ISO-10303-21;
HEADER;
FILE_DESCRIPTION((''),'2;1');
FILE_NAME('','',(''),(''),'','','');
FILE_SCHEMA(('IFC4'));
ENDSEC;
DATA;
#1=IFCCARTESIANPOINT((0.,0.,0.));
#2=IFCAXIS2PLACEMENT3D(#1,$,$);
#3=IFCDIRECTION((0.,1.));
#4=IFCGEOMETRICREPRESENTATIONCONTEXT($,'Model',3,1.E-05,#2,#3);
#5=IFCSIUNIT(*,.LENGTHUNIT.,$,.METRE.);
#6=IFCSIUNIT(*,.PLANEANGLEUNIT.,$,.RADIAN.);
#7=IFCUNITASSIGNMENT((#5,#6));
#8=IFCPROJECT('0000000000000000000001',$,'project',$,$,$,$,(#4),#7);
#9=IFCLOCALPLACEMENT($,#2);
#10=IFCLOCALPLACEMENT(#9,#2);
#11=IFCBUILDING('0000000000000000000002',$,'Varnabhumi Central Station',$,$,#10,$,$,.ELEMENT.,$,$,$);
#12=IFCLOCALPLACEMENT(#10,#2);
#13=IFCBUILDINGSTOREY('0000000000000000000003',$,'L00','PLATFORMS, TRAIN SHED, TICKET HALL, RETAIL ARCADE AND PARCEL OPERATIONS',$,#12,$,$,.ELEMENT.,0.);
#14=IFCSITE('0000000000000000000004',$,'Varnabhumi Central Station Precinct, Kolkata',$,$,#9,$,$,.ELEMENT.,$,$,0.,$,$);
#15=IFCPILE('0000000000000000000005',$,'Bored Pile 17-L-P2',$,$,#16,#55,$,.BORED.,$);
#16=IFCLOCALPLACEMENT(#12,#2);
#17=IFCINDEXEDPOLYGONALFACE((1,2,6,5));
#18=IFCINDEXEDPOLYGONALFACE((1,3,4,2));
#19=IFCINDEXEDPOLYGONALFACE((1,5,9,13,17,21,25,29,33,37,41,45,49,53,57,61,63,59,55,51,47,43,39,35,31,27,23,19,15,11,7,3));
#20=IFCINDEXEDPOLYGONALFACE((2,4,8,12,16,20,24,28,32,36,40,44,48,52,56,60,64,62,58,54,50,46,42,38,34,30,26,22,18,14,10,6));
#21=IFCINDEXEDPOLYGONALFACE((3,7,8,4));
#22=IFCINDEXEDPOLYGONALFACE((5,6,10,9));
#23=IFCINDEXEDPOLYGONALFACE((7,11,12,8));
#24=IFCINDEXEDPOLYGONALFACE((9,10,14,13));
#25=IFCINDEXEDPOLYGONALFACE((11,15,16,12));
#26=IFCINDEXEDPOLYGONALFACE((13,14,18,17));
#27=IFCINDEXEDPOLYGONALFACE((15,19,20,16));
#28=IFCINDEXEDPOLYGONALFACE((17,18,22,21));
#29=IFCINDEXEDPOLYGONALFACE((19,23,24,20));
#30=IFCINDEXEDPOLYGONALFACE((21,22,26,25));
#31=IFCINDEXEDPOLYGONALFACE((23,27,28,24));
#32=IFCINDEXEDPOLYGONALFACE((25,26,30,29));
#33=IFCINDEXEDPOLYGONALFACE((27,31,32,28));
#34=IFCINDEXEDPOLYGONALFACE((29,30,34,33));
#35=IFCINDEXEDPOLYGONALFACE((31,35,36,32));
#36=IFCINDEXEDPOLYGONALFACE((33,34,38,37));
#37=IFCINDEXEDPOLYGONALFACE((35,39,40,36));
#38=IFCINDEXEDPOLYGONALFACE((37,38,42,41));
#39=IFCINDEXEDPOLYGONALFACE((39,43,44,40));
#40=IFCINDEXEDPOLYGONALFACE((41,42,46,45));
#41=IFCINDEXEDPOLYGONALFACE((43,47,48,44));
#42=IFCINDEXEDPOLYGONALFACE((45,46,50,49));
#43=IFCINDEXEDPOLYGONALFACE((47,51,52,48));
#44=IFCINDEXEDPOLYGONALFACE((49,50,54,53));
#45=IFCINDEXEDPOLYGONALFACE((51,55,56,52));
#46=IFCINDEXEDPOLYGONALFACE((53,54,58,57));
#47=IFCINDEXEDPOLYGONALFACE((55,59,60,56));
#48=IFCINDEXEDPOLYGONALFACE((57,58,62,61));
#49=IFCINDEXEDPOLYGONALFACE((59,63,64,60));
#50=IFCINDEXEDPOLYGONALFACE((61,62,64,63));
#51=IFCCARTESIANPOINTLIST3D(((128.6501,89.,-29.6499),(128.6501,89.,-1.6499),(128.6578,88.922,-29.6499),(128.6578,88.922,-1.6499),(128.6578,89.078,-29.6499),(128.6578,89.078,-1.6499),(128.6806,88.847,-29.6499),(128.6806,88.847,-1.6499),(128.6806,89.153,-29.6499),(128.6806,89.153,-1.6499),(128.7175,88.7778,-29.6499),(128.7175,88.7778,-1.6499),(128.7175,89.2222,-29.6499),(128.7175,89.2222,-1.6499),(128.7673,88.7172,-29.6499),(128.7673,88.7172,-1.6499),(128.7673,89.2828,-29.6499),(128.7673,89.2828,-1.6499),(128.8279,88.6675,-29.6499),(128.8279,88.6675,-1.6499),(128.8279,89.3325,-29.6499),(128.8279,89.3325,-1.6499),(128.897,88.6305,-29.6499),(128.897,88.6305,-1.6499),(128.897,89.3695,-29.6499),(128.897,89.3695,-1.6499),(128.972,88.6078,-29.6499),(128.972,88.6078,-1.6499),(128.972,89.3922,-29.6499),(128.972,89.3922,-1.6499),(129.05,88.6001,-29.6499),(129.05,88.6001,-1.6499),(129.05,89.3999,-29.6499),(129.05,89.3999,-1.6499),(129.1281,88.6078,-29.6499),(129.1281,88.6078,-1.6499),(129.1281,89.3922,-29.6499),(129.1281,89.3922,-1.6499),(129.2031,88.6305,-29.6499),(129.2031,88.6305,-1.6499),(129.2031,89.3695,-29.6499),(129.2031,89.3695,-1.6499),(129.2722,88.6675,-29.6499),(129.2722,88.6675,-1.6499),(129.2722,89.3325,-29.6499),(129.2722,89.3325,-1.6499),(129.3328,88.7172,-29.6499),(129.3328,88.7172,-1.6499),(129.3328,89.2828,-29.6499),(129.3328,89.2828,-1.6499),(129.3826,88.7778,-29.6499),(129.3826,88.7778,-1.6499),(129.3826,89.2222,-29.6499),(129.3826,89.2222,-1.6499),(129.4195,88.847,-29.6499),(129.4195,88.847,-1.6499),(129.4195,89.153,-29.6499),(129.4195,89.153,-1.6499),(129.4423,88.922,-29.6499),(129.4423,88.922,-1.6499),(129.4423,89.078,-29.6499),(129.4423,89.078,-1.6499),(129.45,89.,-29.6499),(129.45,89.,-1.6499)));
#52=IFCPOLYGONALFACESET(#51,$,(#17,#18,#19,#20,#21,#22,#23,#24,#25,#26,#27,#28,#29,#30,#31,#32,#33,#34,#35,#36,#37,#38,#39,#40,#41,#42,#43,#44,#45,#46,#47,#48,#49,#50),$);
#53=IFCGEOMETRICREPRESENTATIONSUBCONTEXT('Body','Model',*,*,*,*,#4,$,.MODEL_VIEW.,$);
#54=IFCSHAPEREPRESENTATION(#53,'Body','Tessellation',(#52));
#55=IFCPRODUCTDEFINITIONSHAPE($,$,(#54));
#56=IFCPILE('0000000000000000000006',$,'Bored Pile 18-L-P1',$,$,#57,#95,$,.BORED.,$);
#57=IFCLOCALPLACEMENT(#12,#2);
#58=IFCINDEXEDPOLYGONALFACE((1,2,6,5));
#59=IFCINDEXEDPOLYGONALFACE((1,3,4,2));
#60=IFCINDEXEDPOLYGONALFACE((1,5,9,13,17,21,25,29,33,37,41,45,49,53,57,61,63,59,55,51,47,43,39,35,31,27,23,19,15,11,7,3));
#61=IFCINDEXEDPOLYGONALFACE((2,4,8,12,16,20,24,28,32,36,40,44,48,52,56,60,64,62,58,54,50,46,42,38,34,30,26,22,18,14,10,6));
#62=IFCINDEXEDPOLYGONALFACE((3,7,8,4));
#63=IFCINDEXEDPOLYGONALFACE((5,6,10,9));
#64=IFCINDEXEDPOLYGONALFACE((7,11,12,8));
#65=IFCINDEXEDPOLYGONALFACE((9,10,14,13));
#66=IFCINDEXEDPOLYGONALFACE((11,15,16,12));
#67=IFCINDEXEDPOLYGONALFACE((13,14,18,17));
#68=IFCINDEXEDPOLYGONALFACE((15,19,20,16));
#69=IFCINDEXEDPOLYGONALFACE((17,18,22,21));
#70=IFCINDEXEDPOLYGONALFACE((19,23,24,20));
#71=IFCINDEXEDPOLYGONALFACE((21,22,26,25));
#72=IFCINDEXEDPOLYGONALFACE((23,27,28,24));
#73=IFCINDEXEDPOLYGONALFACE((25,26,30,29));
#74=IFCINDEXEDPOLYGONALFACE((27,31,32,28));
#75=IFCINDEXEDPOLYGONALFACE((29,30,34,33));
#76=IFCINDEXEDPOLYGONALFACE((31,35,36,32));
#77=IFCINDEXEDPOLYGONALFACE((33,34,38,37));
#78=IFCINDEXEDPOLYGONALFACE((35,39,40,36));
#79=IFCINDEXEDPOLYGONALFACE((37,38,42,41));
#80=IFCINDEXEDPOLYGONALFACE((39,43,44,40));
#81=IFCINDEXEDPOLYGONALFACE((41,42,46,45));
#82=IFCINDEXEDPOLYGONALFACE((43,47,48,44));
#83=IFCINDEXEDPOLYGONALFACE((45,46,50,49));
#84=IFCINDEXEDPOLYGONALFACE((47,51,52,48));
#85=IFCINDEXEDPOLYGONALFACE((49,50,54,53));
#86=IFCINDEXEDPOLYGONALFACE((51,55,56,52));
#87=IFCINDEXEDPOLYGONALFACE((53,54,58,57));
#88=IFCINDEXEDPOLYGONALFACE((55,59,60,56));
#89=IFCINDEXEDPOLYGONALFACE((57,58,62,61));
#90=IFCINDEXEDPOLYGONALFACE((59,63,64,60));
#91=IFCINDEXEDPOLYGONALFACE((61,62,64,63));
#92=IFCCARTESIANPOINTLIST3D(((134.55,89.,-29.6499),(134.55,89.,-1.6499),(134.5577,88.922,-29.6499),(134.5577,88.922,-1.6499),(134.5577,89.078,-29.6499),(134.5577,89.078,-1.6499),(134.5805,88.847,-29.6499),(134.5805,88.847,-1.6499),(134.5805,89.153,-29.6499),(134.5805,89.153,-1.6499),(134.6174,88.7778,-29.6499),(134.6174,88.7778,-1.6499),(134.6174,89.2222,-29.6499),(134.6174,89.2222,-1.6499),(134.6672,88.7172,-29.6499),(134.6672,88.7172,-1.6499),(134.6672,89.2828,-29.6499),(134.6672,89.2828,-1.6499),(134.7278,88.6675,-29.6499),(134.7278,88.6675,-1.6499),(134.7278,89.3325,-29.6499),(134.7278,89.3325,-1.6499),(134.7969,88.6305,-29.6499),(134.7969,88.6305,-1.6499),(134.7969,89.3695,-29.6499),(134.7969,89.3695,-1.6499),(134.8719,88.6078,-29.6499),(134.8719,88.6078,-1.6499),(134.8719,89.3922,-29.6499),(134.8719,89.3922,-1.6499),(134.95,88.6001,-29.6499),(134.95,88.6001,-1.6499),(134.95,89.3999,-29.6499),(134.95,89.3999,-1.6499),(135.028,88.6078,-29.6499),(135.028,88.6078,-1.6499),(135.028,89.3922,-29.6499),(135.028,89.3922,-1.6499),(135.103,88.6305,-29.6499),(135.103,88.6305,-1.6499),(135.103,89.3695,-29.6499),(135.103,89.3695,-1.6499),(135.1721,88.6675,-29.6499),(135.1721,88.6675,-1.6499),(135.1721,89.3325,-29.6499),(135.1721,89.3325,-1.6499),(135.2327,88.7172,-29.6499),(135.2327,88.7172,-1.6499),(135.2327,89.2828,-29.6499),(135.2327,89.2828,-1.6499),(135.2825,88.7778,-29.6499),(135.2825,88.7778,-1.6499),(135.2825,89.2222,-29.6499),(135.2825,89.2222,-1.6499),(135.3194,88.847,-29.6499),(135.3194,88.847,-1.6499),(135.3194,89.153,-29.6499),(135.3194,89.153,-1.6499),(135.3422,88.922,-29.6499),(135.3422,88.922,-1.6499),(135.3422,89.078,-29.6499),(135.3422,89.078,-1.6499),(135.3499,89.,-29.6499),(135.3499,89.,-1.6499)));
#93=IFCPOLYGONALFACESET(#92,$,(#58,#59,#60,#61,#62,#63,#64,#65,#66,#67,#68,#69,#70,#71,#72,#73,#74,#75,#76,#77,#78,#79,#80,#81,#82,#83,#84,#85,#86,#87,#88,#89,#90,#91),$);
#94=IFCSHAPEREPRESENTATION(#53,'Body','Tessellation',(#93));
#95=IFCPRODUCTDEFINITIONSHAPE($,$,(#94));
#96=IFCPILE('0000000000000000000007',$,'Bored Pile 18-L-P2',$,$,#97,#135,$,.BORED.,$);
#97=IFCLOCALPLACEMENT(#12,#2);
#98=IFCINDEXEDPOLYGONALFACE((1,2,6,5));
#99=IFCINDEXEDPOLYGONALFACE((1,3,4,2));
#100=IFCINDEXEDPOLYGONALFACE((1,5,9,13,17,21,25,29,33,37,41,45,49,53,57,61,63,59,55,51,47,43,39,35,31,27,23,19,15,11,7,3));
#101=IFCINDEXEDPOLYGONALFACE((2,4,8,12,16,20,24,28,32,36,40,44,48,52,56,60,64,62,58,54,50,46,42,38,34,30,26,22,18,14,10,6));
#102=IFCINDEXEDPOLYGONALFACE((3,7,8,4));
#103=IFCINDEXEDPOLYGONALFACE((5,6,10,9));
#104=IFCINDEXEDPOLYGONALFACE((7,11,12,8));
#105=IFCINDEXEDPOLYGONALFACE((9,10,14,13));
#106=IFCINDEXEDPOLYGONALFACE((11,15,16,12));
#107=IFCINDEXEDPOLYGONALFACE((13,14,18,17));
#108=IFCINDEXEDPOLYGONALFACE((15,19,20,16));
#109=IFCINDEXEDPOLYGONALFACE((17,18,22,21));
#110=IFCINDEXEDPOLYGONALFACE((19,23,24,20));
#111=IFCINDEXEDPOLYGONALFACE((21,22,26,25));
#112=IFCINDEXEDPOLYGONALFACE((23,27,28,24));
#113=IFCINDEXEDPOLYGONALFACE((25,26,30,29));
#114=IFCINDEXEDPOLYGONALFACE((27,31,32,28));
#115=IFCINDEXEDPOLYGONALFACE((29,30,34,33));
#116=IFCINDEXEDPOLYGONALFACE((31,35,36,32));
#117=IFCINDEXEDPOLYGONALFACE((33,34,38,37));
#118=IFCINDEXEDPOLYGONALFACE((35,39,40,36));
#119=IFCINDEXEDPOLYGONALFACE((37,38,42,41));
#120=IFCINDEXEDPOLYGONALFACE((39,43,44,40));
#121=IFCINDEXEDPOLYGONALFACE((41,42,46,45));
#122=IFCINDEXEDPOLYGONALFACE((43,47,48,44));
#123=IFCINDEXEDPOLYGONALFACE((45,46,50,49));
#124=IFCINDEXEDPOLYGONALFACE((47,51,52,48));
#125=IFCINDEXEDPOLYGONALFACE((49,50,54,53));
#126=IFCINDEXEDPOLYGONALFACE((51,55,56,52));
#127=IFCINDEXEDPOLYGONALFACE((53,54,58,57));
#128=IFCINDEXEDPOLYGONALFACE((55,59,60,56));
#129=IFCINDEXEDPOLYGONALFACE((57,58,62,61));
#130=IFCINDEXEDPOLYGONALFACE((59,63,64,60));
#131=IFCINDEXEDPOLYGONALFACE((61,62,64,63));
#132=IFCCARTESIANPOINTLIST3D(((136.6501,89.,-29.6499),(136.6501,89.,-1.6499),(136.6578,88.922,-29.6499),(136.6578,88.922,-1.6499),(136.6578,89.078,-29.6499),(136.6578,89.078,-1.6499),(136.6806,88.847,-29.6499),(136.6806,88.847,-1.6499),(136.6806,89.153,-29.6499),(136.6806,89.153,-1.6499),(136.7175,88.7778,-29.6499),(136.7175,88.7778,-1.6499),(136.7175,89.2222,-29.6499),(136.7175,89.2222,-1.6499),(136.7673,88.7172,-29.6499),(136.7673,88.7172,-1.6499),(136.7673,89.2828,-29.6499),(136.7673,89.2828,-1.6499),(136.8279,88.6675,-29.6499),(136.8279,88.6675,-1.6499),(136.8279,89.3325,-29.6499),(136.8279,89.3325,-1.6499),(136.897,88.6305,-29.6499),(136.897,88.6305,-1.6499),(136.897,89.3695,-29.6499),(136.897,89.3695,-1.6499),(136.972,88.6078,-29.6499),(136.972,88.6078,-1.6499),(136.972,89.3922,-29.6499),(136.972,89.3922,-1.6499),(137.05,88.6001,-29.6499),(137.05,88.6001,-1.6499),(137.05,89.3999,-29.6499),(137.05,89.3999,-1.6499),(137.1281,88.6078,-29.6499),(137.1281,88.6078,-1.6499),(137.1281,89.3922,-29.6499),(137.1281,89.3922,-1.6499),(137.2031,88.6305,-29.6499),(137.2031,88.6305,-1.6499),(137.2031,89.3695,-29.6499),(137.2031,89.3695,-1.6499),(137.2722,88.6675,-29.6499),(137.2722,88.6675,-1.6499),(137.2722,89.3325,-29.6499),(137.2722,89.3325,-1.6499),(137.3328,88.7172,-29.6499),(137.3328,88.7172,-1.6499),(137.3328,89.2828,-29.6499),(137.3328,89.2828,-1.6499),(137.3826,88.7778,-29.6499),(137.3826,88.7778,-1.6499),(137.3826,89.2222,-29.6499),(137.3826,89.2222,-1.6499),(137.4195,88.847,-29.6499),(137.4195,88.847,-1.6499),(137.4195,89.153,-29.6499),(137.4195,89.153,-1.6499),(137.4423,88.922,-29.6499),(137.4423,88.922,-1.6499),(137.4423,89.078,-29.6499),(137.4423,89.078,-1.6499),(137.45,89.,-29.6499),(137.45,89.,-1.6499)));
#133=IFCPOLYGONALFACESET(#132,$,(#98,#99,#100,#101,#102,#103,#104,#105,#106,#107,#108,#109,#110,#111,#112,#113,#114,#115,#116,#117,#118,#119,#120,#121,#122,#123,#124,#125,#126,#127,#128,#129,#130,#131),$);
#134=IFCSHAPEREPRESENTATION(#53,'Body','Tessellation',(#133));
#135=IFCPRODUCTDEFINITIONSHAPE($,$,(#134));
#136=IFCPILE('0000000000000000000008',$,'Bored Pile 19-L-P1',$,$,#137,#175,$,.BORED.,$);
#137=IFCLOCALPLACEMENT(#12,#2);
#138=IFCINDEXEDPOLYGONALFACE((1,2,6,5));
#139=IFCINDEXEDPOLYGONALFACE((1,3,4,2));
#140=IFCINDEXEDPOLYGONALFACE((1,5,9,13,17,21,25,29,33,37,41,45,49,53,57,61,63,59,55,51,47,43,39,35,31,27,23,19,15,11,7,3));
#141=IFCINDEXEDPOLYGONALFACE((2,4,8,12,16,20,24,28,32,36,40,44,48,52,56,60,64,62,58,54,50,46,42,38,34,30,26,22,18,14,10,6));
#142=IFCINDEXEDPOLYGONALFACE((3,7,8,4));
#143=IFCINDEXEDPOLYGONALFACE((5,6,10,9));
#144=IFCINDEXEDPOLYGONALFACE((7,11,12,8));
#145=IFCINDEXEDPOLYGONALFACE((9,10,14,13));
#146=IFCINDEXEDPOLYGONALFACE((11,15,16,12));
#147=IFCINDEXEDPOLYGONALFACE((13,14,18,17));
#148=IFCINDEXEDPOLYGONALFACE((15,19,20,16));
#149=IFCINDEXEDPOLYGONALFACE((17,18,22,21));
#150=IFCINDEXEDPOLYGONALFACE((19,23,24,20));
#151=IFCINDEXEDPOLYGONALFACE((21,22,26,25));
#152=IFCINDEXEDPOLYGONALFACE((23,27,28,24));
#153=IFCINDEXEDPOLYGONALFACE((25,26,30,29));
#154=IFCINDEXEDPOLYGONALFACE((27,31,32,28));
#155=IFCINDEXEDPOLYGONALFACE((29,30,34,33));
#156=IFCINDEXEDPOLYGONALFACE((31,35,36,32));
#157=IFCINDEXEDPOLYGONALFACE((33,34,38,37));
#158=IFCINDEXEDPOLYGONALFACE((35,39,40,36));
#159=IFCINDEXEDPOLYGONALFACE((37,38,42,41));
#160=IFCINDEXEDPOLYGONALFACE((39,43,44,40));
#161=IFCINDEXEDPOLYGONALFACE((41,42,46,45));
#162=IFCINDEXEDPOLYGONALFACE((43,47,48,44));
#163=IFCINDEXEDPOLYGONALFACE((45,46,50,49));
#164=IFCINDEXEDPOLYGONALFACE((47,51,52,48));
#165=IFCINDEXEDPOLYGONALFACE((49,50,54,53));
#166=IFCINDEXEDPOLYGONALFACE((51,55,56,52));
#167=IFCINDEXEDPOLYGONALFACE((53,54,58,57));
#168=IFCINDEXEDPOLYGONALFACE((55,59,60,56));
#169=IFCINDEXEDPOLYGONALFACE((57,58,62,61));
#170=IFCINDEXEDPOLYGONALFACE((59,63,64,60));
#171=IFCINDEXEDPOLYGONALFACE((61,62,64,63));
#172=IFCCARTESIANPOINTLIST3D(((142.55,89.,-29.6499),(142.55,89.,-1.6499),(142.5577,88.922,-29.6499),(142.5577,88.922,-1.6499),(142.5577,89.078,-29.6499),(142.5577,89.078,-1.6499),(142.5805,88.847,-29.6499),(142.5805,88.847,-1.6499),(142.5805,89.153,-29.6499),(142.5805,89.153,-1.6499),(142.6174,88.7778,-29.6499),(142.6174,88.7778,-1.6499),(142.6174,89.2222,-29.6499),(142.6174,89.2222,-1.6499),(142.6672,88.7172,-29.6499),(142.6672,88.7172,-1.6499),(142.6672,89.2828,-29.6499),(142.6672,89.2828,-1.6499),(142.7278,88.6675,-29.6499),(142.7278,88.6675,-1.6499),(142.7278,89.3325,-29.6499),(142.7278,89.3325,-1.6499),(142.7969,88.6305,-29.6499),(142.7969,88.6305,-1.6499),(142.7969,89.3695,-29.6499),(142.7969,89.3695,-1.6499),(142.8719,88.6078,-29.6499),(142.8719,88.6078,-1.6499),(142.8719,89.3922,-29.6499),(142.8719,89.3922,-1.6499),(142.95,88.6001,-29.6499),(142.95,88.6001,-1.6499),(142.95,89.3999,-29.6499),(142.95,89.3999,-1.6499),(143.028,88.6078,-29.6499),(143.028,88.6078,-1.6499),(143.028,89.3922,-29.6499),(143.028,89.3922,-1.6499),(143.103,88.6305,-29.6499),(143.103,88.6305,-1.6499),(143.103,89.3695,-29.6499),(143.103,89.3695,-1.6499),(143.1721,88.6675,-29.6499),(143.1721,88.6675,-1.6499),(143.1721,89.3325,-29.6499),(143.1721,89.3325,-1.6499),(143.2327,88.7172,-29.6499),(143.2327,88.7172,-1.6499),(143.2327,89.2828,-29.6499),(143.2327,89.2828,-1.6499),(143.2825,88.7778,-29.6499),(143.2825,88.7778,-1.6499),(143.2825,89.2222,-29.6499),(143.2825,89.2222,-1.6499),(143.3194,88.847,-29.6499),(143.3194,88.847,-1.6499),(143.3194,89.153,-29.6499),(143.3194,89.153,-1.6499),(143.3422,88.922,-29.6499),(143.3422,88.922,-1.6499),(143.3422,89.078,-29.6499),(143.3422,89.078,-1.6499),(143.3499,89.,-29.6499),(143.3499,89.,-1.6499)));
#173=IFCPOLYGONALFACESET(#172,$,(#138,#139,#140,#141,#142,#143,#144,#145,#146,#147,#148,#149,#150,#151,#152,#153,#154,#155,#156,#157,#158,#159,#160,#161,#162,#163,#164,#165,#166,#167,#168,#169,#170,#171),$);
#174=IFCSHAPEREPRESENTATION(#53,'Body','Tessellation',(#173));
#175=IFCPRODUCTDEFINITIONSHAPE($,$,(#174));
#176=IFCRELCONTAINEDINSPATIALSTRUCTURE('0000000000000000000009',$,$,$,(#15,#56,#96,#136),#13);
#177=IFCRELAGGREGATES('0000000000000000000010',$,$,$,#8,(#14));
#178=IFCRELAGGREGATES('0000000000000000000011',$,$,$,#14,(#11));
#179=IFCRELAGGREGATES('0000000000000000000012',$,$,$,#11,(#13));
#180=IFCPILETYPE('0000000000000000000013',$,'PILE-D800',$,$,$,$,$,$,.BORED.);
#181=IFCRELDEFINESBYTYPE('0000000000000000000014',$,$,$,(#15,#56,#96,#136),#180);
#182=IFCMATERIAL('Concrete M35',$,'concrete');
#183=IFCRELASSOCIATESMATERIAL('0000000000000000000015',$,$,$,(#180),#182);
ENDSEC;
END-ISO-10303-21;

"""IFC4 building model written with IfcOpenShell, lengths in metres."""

from ifc_helpers import new_model, si_unit, direction, frame, origin, origin_2d, place, context, subcontext, project, spatial, circle, extrude, material, material_profile, profile_set, type_object, element, save


model = new_model("IFC4")

# Units and contexts
model_context = context("Model", 3, precision=1e-05, world=origin(), true_north=direction((0.0, 1.0)))
body_context = subcontext(model_context, "Body", "Model", "MODEL_VIEW")
ifc_project = project(units=[si_unit("LENGTHUNIT", "METRE"), si_unit("PLANEANGLEUNIT", "RADIAN")], contexts=[model_context])

# Site, building, storey
site_placement = place(None, origin())
site = spatial("IfcSite", under=ifc_project, at=site_placement, Name="Varnabhumi Central Station Precinct, Kolkata", CompositionType="ELEMENT", RefElevation=0.0)
building_placement = place(site_placement, origin())
building = spatial("IfcBuilding", under=site, at=building_placement, Name="Varnabhumi Central Station", CompositionType="ELEMENT")
storey_placement = place(building_placement, origin())
storey = spatial("IfcBuildingStorey", under=building, at=storey_placement, Name="L00", Description="PLATFORMS, TRAIN SHED, TICKET HALL, RETAIL ARCADE AND PARCEL OPERATIONS", CompositionType="ELEMENT", Elevation=0.0)

# Piles
ifc_material_1 = material(Name="Concrete M35", Category="concrete")
ifc_material_profile_1 = material_profile(ifc_material_1, circle(Radius=0.3999, at=origin_2d()), Name="Concrete M35", Category="concrete")
ifc_profile_set_1 = profile_set([ifc_material_profile_1], Name="Concrete M35")
pile_type_1 = type_object("IfcPileType", Name="PILE-D800", PredefinedType="BORED", material=ifc_profile_set_1)
for number, where, z_axis, x_axis, name in (
    (1, (129.05, 89.0, -1.6499), (0.0, 0.0, -1.0), (1.0, 0.0, 0.0), "Bored Pile 17-L-P2"),
    (2, (134.95, 89.0, -1.6499), (0.0, 0.0, -1.0), (1.0, 0.0, 0.0), "Bored Pile 18-L-P1"),
    (3, (137.05, 89.0, -1.6499), (0.0, 0.0, -1.0), (1.0, 0.0, 0.0), "Bored Pile 18-L-P2"),
    (4, (142.95, 89.0, -1.6499), (0.0, 0.0, -1.0), (1.0, 0.0, 0.0), "Bored Pile 19-L-P1"),
):
    element("IfcPile", number, at=place(storey_placement, frame(where, z_axis=z_axis, x_axis=x_axis)), inside=storey, type_object=pile_type_1, Name=name, PredefinedType="BORED", context=body_context, shape_type="SweptSolid", body=[
        extrude(circle(Radius=0.3999, at=origin_2d()), origin(), (0.0, 0.0, 1.0), 28.0),
    ])

save(model, "model.ifc")
